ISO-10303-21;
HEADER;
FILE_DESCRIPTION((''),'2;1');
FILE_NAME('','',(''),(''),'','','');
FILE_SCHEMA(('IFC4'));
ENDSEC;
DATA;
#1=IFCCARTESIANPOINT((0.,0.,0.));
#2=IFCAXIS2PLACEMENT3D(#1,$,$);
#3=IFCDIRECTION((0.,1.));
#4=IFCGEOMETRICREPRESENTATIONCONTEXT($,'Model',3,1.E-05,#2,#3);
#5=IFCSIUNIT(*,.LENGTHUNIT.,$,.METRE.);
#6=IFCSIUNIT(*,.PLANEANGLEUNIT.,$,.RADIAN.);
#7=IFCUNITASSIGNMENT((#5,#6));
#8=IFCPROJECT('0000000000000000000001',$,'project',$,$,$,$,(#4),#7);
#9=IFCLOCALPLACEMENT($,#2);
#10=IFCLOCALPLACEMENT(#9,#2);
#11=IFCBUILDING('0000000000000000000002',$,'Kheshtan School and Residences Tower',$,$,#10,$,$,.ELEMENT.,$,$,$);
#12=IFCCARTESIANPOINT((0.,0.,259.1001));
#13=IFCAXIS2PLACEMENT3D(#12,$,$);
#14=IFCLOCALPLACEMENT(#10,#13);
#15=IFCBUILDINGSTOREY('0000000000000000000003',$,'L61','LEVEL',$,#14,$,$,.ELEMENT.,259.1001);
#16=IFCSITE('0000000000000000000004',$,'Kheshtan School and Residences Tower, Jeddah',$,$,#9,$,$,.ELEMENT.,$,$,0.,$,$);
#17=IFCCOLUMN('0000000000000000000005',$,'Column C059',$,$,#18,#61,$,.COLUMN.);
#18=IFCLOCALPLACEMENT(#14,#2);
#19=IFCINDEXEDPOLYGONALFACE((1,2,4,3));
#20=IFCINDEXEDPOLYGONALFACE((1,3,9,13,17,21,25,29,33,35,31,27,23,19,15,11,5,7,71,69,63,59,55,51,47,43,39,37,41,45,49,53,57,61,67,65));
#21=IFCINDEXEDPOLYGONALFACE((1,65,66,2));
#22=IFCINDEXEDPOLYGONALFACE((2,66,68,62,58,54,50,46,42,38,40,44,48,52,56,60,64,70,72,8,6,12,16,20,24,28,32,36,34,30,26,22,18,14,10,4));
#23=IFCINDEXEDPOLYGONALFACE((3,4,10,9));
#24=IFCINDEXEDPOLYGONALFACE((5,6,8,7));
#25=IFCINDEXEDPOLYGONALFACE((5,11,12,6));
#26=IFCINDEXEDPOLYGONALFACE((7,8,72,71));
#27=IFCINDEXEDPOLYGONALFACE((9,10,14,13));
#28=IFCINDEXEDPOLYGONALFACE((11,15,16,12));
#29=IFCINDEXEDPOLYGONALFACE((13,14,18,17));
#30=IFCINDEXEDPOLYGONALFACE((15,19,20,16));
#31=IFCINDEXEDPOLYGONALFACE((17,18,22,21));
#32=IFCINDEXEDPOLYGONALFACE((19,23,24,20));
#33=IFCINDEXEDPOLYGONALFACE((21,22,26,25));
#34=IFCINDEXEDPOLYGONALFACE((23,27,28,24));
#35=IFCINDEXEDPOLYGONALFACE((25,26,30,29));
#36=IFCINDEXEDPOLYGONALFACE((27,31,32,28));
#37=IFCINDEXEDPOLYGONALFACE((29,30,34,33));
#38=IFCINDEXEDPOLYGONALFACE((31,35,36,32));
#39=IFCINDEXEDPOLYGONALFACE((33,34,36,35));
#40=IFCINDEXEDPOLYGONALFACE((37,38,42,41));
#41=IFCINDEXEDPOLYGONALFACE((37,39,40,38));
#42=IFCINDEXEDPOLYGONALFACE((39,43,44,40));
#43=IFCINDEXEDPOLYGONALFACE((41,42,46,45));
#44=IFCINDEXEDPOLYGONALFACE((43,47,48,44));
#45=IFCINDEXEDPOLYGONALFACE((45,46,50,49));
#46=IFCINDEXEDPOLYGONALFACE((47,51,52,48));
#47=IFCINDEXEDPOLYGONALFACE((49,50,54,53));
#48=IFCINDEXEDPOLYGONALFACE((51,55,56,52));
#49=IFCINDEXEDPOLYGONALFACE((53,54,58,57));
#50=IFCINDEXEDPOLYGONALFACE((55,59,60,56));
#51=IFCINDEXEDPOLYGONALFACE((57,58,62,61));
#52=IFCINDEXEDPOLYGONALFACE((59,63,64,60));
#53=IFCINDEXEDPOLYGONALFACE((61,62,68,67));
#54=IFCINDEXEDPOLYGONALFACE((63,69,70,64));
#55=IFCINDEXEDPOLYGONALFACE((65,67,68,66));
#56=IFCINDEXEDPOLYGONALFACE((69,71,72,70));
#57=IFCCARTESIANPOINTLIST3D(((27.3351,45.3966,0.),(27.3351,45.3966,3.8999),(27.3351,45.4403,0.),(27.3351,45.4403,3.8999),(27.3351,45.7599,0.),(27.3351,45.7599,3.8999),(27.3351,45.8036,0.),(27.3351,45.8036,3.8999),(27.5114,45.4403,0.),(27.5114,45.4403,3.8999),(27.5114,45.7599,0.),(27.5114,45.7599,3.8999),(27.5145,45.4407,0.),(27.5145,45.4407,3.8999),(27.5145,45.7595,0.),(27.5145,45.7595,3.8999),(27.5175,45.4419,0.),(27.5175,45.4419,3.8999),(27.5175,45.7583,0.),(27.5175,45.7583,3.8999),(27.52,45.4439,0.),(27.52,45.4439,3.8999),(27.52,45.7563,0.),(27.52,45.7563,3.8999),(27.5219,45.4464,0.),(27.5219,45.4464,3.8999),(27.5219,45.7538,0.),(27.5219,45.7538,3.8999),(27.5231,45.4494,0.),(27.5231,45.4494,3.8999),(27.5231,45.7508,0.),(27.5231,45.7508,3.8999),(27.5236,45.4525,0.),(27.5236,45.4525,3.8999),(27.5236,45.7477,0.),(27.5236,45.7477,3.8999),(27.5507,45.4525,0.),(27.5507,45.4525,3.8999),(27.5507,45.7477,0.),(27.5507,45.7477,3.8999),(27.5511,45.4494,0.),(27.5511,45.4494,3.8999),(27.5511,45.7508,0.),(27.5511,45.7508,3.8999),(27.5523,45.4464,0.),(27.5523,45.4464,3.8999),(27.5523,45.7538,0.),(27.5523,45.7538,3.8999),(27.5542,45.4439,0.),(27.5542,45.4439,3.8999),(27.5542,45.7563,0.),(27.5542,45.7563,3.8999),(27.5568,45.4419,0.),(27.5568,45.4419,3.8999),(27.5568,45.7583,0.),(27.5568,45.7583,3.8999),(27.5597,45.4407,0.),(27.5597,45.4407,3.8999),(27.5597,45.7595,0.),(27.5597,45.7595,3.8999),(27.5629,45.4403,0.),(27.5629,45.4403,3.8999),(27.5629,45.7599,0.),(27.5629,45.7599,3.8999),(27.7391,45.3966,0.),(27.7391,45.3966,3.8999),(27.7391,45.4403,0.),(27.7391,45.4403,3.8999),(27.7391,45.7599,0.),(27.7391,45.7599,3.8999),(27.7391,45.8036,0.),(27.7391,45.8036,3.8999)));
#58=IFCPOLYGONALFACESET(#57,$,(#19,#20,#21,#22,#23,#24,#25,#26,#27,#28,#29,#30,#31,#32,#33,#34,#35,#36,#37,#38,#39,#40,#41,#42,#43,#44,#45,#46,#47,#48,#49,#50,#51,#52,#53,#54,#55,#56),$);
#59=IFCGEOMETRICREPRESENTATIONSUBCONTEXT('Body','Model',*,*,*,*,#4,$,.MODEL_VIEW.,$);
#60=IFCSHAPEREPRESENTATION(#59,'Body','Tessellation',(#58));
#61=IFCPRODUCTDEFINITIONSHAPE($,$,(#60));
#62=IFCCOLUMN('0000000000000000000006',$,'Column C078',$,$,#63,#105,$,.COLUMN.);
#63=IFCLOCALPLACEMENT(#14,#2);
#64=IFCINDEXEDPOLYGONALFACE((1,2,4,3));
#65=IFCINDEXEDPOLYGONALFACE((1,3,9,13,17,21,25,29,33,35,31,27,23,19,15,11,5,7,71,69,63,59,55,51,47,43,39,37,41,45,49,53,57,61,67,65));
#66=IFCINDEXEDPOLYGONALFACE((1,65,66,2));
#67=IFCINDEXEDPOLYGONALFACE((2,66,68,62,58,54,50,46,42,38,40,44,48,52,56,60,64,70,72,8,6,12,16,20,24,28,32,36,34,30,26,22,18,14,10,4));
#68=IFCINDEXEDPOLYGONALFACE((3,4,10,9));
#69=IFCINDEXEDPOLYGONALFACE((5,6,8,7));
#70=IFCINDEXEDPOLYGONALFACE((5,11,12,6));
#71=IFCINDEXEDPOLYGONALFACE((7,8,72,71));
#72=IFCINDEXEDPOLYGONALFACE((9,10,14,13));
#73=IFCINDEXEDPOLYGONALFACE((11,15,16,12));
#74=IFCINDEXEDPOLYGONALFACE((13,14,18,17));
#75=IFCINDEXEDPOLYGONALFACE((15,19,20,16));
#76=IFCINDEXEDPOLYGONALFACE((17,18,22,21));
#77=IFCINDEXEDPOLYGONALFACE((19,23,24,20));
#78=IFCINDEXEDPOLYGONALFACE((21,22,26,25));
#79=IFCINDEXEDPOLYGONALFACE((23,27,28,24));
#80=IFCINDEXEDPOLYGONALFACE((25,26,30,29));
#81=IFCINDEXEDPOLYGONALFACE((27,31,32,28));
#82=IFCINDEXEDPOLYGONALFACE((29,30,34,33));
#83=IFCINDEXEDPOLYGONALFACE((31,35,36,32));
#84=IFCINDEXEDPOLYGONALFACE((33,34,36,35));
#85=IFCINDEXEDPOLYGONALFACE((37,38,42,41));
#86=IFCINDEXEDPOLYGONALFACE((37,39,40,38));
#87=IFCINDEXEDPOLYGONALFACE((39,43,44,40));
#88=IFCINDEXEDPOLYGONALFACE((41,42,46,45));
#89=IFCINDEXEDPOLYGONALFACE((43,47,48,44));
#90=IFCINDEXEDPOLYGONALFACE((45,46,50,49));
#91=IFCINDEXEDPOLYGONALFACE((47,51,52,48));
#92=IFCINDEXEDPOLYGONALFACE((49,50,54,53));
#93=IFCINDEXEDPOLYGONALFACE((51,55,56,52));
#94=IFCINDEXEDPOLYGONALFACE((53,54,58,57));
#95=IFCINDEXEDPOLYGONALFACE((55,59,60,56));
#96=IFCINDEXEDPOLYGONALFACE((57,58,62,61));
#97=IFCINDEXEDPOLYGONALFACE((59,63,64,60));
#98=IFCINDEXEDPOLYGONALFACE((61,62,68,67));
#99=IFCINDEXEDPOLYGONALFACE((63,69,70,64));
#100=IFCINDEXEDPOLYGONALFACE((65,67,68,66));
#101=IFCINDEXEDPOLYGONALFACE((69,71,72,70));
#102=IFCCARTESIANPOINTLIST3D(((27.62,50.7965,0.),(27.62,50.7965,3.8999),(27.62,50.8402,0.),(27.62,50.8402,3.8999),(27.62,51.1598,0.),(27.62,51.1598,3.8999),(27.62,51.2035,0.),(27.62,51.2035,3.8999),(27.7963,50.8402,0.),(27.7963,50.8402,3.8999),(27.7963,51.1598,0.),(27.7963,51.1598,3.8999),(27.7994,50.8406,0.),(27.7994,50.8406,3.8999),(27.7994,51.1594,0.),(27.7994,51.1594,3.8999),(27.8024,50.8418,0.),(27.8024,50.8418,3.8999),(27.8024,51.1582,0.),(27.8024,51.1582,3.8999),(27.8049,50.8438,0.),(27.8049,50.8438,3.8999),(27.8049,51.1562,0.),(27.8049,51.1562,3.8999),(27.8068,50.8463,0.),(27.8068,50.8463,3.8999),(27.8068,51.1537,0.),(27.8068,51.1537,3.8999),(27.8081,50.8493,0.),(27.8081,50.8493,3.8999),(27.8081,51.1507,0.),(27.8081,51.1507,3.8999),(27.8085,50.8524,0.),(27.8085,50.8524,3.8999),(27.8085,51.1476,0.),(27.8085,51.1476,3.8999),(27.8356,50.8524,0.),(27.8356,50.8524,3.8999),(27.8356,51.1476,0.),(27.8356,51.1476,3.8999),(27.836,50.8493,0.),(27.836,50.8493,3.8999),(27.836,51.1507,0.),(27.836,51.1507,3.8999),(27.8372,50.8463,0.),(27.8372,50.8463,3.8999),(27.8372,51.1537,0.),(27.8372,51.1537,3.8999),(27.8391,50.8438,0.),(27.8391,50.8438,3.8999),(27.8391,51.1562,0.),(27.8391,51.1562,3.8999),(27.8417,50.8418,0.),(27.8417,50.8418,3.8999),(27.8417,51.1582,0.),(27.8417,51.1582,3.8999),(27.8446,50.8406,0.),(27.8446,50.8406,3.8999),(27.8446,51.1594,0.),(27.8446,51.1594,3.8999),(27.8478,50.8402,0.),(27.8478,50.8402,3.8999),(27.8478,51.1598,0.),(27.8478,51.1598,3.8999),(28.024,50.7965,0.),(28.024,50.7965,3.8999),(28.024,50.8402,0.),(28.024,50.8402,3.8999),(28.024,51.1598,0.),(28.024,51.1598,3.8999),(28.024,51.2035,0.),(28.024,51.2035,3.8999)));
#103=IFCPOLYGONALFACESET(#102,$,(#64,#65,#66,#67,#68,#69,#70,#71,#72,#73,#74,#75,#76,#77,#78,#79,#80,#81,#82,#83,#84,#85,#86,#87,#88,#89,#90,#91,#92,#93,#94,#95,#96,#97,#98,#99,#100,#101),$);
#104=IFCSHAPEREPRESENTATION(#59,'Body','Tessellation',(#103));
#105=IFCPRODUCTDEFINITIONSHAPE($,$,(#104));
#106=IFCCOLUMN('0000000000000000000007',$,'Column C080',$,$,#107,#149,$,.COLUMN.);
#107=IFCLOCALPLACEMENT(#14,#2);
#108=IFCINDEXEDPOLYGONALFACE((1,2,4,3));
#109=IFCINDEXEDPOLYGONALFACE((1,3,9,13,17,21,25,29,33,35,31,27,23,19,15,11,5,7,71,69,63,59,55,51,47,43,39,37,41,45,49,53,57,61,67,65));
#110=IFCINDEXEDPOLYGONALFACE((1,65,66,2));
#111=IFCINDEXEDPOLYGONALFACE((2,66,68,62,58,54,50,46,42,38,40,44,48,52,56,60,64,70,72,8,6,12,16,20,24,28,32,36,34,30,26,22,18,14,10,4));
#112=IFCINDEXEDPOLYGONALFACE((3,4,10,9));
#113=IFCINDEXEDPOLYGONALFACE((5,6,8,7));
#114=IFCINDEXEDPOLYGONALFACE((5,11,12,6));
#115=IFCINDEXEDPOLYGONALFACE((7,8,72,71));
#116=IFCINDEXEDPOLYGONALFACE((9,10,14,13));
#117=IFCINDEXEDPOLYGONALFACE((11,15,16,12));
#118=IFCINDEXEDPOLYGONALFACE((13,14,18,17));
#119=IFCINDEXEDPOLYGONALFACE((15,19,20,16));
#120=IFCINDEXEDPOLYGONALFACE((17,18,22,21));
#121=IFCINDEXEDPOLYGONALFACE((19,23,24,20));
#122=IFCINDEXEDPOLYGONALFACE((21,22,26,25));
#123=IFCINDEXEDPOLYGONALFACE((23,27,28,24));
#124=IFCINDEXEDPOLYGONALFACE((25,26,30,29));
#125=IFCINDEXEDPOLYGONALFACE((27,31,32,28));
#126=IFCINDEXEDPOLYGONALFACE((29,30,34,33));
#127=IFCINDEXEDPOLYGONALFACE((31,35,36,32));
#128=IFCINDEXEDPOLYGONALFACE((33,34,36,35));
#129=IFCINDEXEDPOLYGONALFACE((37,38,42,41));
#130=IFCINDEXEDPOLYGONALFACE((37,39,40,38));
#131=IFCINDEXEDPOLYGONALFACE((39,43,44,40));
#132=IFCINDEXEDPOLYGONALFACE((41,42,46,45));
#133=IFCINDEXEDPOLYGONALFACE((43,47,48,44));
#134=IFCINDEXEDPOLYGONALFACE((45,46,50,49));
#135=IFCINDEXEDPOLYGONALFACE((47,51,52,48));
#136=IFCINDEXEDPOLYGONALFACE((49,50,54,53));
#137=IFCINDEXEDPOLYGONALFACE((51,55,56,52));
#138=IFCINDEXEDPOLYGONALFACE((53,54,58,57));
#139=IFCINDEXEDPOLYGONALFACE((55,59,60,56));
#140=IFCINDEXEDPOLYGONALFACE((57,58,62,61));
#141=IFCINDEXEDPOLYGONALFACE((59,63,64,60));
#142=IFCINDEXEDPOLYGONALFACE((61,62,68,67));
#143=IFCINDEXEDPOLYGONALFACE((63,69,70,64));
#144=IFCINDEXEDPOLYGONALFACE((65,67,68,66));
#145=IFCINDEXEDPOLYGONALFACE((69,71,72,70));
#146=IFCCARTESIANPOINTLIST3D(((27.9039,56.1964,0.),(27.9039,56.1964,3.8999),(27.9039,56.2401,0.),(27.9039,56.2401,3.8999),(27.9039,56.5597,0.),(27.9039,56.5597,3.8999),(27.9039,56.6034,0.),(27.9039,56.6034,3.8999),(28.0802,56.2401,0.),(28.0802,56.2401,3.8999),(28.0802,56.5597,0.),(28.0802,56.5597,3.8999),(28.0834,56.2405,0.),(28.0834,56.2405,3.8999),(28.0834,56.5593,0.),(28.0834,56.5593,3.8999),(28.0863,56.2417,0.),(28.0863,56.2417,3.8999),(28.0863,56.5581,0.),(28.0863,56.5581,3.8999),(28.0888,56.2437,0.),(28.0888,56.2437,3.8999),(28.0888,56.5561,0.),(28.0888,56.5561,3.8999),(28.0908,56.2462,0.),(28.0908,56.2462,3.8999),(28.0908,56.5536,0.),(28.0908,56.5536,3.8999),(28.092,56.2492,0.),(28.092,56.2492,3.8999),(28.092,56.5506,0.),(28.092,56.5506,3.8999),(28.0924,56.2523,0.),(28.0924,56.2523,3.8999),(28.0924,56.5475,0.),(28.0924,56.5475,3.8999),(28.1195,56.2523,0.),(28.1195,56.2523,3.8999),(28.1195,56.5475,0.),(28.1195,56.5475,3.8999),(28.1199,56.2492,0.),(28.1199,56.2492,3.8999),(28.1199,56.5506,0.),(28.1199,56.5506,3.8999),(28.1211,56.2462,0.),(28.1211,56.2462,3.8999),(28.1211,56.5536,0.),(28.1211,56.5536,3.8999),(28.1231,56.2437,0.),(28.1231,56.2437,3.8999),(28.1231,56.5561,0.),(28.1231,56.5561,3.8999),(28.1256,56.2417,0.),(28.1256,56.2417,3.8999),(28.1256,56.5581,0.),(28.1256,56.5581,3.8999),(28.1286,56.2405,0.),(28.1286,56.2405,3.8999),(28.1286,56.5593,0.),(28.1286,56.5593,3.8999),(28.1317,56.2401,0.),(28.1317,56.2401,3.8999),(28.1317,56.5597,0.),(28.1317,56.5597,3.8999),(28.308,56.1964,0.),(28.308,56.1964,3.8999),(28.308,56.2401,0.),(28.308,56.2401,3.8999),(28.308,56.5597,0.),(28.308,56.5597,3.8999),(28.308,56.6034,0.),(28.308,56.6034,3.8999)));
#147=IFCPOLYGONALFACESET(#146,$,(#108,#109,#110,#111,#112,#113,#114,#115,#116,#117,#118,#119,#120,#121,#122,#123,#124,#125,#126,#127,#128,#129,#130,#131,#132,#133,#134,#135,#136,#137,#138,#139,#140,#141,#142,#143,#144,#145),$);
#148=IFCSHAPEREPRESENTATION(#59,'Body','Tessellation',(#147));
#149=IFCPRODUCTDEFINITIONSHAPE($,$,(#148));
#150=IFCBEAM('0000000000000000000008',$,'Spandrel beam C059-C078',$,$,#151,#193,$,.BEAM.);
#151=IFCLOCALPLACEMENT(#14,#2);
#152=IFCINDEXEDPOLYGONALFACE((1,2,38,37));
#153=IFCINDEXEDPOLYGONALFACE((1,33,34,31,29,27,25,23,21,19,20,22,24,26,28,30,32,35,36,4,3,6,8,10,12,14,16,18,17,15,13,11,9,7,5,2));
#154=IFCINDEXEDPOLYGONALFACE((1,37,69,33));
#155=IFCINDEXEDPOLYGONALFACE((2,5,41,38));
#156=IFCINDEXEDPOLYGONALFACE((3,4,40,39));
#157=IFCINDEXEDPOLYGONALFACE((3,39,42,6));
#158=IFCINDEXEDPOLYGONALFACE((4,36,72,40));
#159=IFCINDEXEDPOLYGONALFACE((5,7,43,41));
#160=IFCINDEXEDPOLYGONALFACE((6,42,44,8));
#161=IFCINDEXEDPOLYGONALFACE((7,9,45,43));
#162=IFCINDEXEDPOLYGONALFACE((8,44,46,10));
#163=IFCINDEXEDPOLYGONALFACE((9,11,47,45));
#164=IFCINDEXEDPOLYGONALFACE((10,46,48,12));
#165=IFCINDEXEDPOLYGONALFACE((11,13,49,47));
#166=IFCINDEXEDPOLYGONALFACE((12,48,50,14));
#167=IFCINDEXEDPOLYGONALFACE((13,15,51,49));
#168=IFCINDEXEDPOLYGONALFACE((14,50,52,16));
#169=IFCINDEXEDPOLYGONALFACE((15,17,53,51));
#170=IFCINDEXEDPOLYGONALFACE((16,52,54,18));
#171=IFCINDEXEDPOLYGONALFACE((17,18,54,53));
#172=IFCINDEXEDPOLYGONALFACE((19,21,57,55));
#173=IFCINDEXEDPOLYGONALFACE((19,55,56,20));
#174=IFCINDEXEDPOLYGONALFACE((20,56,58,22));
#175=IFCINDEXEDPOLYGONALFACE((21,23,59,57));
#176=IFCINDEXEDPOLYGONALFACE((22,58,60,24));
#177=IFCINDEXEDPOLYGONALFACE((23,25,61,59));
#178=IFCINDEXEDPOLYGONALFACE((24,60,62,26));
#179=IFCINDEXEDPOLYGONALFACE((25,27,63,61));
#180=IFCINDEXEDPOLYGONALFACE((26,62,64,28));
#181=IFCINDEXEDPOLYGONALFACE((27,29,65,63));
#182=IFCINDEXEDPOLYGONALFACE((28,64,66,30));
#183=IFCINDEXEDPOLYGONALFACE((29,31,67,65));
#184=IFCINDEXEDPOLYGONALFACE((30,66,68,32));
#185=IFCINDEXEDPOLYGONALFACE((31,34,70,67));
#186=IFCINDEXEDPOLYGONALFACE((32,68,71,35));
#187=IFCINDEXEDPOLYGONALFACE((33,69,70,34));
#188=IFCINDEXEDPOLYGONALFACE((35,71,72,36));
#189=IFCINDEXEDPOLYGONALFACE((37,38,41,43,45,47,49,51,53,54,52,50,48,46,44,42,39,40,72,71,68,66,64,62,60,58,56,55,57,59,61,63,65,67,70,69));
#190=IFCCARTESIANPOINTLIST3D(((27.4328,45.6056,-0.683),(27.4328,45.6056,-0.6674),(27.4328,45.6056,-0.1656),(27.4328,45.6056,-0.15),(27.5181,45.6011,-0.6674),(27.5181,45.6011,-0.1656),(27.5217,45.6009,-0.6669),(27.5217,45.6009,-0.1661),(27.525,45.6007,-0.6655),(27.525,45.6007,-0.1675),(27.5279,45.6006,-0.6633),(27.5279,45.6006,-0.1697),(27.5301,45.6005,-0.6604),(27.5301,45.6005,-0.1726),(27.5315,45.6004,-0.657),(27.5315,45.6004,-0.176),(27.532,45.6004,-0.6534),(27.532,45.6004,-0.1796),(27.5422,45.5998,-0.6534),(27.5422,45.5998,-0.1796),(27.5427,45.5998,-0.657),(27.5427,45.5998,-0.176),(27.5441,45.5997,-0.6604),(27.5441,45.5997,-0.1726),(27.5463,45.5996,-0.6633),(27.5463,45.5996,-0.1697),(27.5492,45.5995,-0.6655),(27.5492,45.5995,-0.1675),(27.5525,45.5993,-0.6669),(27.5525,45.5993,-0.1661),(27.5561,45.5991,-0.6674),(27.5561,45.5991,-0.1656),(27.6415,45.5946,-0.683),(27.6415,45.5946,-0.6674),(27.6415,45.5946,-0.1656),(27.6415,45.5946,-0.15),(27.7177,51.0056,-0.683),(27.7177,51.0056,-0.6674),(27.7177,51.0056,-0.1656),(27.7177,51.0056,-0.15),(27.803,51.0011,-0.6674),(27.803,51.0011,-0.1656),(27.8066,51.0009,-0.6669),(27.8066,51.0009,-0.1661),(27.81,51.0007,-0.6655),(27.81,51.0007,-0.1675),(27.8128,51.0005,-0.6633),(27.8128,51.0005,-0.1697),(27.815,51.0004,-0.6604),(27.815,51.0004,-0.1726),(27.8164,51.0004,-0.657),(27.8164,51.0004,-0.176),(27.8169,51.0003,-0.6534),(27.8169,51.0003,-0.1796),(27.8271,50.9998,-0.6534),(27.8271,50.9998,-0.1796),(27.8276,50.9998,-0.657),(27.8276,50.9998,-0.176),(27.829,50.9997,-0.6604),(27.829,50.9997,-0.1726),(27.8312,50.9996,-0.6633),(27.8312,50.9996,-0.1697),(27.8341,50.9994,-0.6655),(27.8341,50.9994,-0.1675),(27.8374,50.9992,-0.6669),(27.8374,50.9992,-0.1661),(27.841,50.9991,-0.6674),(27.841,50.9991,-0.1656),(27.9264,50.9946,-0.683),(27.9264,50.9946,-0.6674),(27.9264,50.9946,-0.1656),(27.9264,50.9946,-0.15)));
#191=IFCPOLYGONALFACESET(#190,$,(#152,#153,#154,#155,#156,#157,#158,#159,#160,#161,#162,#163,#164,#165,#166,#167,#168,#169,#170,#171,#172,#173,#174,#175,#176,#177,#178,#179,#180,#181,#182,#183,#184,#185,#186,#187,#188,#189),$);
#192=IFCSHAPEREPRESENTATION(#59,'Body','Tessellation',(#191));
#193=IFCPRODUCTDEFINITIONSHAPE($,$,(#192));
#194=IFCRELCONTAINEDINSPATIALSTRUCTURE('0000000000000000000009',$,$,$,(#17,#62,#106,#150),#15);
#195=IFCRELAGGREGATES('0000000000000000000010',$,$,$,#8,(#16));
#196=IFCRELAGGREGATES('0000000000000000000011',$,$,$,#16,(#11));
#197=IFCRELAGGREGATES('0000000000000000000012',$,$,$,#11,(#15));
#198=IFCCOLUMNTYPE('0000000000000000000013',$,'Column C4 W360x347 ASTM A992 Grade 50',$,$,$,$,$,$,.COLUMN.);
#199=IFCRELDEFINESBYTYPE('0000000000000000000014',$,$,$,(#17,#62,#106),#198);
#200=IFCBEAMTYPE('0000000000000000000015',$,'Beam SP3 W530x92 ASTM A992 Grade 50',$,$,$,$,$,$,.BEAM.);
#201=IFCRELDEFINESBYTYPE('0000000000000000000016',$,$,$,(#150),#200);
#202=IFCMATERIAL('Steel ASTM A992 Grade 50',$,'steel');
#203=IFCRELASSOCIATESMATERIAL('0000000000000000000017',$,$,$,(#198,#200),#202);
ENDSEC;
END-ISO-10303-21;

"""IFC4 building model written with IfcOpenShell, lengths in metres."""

from ifc_helpers import new_model, si_unit, direction, frame, origin, origin_2d, place, context, subcontext, project, spatial, i_section, extrude, material, material_profile, profile_set, type_object, element, save


model = new_model("IFC4")

# Units and contexts
model_context = context("Model", 3, precision=1e-05, world=origin(), true_north=direction((0.0, 1.0)))
body_context = subcontext(model_context, "Body", "Model", "MODEL_VIEW")
ifc_project = project(units=[si_unit("LENGTHUNIT", "METRE"), si_unit("PLANEANGLEUNIT", "RADIAN")], contexts=[model_context])

# Site, building, storey
site_placement = place(None, origin())
site = spatial("IfcSite", under=ifc_project, at=site_placement, Name="Kheshtan School and Residences Tower, Jeddah", CompositionType="ELEMENT", RefElevation=0.0)
building_placement = place(site_placement, origin())
building = spatial("IfcBuilding", under=site, at=building_placement, Name="Kheshtan School and Residences Tower", CompositionType="ELEMENT")
storey_placement = place(building_placement, frame((0.0, 0.0, 259.1001)))
storey = spatial("IfcBuildingStorey", under=building, at=storey_placement, Name="L61", Description="LEVEL", CompositionType="ELEMENT", Elevation=259.1001)

# Columns
ifc_material_1 = material(Name="Steel ASTM A992 Grade 50", Category="steel")
ifc_material_profile_1 = material_profile(ifc_material_1, i_section(OverallWidth=0.4041, OverallDepth=0.407, WebThickness=0.0271, FlangeThickness=0.0437, FilletRadius=0.0122, at=origin_2d()), Name="W360x347")
ifc_profile_set_1 = profile_set([ifc_material_profile_1], Name="Steel ASTM A992 Grade 50")
column_type = type_object("IfcColumnType", Name="Column C4 W360x347 ASTM A992 Grade 50", PredefinedType="COLUMN", material=ifc_profile_set_1)
for number, where, z_axis, x_axis, name in (
    (1, (27.5371, 45.6001, 0.0), (0.0, 0.0, 1.0), (1.0, 0.0, 0.0), "Column C059"),
    (2, (27.822, 51.0, 0.0), (0.0, 0.0, 1.0), (1.0, 0.0, 0.0), "Column C078"),
    (3, (28.106, 56.3999, 0.0), (0.0, 0.0, 1.0), (1.0, 0.0, 0.0), "Column C080"),
):
    element("IfcColumn", number, at=place(storey_placement, frame(where, z_axis=z_axis, x_axis=x_axis)), inside=storey, type_object=column_type, Name=name, PredefinedType="COLUMN", context=body_context, shape_type="SweptSolid", body=[
        extrude(i_section(OverallWidth=0.4041, OverallDepth=0.407, WebThickness=0.0271, FlangeThickness=0.0437, FilletRadius=0.0122, at=origin_2d()), origin(), (0.0, 0.0, 1.0), 3.8999),
    ])

# Beam
ifc_material_profile_2 = material_profile(ifc_material_1, i_section(OverallWidth=0.209, OverallDepth=0.533, WebThickness=0.0103, FlangeThickness=0.0156, FilletRadius=0.0139, at=origin_2d()), Name="W530x92")
ifc_profile_set_2 = profile_set([ifc_material_profile_2], Name="Steel ASTM A992 Grade 50")
beam_type = type_object("IfcBeamType", Name="Beam SP3 W530x92 ASTM A992 Grade 50", PredefinedType="BEAM", material=ifc_profile_set_2)
for number, where, z_axis, x_axis, name in (
    (4, (27.5371, 45.6001, -0.4165), (0.052689, 0.998611, 0.0), (-0.998611, 0.052689, 0.0), "Spandrel beam C059-C078"),
):
    element("IfcBeam", number, at=place(storey_placement, frame(where, z_axis=z_axis, x_axis=x_axis)), inside=storey, type_object=beam_type, Name=name, PredefinedType="BEAM", context=body_context, shape_type="SweptSolid", body=[
        extrude(i_section(OverallWidth=0.209, OverallDepth=0.533, WebThickness=0.0103, FlangeThickness=0.0156, FilletRadius=0.0139, at=origin_2d()), origin(), (0.0, 0.0, 1.0), 5.4075),
    ])

save(model, "model.ifc")
